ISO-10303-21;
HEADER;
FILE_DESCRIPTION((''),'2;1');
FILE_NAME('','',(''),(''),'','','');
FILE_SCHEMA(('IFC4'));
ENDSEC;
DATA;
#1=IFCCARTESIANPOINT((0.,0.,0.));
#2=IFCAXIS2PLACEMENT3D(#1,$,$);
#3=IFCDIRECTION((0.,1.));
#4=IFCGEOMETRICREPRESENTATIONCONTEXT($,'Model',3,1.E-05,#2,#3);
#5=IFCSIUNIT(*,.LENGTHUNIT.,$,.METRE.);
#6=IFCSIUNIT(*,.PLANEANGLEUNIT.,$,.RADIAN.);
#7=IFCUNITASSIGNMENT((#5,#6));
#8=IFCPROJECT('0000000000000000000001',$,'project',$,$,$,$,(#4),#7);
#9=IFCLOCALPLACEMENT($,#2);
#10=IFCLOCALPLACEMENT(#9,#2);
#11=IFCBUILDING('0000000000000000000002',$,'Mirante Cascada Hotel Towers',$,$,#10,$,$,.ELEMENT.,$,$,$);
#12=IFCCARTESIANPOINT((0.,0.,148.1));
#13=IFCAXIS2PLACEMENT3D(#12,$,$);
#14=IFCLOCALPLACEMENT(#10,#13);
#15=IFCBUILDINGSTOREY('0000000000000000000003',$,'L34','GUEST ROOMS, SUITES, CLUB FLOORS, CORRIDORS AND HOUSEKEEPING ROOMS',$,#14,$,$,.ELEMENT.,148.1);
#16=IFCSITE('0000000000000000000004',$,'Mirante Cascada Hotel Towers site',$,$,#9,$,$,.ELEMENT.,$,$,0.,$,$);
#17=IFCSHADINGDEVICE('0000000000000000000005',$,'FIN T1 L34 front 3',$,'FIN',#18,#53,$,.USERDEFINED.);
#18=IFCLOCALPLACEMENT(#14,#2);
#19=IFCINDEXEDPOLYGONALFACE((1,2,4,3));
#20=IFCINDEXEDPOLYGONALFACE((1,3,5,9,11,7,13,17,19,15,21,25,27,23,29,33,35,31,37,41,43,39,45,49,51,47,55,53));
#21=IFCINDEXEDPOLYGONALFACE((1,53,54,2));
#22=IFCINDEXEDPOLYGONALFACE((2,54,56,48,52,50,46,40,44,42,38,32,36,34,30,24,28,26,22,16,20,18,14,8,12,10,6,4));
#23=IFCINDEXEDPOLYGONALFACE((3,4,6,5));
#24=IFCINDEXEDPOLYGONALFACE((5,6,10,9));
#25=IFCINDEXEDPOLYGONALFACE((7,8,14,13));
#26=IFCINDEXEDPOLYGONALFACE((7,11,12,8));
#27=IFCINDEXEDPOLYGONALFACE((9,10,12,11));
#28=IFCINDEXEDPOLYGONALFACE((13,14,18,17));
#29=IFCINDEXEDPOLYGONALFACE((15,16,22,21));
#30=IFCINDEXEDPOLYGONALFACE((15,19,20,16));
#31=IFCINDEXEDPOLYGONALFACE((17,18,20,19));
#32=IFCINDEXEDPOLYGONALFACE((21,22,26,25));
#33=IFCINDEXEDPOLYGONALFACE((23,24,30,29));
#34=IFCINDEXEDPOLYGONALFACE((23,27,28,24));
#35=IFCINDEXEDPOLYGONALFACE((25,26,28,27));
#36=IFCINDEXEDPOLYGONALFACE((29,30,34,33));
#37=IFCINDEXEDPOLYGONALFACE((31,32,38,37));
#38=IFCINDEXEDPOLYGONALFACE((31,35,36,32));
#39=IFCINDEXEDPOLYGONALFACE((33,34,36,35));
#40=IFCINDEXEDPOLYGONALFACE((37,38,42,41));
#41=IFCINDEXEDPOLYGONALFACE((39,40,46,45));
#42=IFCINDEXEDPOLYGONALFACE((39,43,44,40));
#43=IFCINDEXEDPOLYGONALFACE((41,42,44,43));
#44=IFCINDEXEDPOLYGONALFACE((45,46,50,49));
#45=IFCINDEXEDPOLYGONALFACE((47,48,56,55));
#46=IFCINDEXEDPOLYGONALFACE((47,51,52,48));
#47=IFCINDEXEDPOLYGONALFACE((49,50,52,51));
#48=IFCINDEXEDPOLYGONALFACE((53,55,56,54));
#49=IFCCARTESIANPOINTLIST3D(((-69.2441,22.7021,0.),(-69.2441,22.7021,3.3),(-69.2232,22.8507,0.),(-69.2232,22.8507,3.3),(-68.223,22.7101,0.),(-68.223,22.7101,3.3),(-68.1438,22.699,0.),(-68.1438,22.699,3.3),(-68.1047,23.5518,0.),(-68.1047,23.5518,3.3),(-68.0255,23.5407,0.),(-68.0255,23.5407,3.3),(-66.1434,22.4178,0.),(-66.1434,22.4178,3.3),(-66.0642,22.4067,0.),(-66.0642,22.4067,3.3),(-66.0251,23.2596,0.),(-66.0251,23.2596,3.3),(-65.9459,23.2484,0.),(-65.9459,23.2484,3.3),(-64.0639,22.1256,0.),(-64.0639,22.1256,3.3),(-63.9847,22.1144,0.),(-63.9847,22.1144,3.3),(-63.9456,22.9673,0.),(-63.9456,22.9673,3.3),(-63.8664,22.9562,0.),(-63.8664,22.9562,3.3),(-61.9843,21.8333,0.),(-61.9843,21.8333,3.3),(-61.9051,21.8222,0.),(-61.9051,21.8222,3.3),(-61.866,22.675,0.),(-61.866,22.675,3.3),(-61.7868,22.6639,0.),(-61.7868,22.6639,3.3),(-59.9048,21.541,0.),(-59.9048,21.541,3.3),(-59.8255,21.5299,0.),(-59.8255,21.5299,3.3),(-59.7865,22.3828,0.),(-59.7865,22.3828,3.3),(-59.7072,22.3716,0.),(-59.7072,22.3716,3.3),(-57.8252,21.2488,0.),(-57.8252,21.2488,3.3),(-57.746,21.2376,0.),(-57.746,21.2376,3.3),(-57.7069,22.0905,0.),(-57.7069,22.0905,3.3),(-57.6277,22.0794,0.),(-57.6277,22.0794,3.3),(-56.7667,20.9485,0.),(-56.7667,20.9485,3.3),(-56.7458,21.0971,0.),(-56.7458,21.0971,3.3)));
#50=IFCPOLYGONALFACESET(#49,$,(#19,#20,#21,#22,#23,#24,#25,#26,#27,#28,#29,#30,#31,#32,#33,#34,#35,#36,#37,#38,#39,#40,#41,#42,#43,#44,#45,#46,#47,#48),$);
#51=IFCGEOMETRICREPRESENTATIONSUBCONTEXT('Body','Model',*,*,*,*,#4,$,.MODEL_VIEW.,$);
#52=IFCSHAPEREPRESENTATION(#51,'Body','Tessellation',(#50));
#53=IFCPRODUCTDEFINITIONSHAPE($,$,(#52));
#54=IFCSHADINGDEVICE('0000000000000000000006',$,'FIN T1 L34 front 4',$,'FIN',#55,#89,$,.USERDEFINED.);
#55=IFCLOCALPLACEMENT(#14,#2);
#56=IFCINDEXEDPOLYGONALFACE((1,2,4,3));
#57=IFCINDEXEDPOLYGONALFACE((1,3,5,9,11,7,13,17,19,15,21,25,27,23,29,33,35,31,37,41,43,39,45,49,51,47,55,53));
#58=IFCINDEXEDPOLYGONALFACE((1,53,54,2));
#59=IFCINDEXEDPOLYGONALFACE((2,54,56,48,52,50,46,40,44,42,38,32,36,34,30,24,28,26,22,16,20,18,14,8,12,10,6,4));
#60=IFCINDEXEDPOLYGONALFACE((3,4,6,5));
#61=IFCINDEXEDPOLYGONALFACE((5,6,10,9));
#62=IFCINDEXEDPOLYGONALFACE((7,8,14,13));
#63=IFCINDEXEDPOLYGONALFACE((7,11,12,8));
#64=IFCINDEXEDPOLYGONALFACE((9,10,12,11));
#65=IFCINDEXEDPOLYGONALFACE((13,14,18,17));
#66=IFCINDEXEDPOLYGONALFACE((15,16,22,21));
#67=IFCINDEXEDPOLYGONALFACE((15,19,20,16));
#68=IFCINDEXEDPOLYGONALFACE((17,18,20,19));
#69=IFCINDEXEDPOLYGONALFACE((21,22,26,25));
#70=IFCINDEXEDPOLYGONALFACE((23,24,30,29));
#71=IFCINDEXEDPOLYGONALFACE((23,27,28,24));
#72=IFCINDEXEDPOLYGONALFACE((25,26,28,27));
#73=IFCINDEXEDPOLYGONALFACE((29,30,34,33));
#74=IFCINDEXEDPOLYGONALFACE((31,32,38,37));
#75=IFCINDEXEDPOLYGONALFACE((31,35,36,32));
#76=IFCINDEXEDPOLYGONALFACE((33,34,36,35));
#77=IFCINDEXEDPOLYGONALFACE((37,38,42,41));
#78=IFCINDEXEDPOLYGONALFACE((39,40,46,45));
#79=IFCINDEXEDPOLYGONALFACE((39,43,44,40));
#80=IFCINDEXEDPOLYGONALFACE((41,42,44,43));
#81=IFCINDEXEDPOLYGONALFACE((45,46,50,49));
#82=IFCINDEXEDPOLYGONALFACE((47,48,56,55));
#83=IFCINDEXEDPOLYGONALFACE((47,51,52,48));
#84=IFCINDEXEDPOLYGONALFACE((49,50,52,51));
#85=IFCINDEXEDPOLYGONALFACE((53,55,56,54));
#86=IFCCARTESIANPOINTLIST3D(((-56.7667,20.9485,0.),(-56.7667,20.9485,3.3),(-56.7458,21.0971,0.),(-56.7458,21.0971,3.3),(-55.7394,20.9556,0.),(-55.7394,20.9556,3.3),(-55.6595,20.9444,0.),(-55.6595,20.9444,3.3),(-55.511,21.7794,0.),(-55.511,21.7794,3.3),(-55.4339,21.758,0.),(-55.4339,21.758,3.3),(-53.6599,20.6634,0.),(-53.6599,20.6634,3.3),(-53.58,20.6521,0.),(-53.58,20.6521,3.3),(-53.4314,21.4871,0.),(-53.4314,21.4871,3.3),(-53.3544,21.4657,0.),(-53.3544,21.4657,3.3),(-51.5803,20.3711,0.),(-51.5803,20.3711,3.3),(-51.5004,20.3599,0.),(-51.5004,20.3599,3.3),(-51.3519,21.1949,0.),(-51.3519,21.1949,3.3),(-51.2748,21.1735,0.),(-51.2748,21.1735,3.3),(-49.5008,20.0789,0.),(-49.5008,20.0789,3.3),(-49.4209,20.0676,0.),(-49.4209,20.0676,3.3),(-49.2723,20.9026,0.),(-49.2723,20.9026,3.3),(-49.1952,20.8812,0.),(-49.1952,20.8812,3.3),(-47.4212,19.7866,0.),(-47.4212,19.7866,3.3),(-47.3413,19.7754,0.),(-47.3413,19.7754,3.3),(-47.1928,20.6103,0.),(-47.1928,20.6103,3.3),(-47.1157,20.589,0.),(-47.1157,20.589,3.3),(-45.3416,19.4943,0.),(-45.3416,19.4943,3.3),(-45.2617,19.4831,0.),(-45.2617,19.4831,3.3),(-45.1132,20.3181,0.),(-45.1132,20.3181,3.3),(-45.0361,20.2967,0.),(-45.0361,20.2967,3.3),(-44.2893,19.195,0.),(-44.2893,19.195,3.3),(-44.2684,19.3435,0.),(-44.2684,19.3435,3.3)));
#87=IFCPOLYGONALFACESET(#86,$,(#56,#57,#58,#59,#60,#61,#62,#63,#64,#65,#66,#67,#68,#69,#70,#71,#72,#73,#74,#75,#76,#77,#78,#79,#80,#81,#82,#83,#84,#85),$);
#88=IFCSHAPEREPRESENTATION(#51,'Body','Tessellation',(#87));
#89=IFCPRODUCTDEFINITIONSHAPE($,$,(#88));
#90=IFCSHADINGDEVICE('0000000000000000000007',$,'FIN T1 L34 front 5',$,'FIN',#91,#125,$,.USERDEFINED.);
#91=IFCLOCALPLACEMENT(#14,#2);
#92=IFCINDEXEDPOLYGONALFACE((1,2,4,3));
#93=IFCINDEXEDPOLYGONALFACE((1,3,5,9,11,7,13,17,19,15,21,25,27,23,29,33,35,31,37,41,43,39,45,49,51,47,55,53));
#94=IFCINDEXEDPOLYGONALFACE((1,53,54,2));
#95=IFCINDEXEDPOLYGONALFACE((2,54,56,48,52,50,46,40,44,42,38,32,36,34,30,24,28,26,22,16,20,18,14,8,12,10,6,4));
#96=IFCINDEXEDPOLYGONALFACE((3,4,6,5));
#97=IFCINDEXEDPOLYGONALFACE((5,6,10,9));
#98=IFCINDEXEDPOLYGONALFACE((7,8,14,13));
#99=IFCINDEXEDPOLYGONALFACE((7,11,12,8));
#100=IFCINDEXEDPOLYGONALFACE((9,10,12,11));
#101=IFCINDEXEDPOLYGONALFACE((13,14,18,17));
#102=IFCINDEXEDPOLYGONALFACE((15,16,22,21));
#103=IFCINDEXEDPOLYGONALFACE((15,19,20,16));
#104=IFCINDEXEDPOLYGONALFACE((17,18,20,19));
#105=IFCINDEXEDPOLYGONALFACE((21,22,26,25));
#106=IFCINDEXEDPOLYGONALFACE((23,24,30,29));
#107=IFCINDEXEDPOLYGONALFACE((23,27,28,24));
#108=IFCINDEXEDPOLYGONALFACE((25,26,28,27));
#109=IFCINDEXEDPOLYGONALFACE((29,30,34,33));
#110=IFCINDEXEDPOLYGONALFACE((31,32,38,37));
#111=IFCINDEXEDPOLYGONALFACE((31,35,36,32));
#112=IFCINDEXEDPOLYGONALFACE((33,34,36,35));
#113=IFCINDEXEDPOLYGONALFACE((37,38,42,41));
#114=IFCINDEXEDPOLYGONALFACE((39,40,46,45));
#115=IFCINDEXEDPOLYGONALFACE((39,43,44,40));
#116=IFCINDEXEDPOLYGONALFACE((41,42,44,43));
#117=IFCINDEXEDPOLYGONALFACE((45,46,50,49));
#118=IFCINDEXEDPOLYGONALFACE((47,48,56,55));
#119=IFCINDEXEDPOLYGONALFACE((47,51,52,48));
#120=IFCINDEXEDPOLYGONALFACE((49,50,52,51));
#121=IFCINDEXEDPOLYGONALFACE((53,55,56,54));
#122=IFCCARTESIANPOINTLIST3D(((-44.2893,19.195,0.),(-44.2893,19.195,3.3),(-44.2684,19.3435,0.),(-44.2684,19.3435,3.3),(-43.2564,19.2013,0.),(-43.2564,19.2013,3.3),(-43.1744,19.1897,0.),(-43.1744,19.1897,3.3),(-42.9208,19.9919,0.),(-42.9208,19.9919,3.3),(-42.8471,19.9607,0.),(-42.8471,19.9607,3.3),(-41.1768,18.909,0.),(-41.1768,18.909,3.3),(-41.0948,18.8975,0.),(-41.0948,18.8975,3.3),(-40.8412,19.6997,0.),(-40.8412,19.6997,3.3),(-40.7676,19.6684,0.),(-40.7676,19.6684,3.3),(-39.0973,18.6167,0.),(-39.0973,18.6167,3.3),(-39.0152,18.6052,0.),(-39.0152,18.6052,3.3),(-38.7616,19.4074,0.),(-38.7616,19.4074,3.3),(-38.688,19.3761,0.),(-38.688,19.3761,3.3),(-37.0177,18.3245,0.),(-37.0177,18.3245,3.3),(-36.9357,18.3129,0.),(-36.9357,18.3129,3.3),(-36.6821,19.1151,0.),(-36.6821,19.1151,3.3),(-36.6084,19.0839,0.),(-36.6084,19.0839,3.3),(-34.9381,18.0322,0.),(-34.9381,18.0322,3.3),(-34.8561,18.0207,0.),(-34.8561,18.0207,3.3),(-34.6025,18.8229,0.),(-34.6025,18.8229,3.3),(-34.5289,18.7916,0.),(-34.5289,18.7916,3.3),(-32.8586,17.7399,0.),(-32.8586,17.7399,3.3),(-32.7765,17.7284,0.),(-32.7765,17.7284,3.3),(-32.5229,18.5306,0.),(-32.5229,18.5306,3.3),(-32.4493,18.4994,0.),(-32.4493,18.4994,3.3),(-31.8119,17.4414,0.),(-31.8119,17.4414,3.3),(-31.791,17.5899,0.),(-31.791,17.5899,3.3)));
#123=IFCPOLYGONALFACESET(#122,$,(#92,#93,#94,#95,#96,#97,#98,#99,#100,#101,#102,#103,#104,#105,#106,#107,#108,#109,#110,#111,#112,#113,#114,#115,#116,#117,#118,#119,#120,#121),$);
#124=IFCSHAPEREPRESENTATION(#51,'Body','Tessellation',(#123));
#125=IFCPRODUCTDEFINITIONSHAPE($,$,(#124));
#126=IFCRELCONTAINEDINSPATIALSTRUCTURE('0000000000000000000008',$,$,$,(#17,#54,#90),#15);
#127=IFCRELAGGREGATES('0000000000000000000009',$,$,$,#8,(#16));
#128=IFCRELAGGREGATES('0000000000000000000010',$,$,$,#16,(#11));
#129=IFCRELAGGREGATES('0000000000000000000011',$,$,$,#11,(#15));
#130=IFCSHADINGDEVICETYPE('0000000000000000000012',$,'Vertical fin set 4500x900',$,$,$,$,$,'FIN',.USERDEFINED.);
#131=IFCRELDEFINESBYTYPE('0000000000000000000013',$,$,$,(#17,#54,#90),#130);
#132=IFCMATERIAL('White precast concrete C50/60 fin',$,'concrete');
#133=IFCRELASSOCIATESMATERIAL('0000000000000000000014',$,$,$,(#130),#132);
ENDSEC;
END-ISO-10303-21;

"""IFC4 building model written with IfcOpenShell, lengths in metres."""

from ifc_helpers import new_model, si_unit, direction, frame, origin, place, context, subcontext, project, spatial, polyline, outline, extrude, material, type_object, element, save


model = new_model("IFC4")

# Units and contexts
model_context = context("Model", 3, precision=1e-05, world=origin(), true_north=direction((0.0, 1.0)))
body_context = subcontext(model_context, "Body", "Model", "MODEL_VIEW")
ifc_project = project(units=[si_unit("LENGTHUNIT", "METRE"), si_unit("PLANEANGLEUNIT", "RADIAN")], contexts=[model_context])

# Site, building, storey
site_placement = place(None, origin())
site = spatial("IfcSite", under=ifc_project, at=site_placement, Name="Mirante Cascada Hotel Towers site", CompositionType="ELEMENT", RefElevation=0.0)
building_placement = place(site_placement, origin())
building = spatial("IfcBuilding", under=site, at=building_placement, Name="Mirante Cascada Hotel Towers", CompositionType="ELEMENT")
storey_placement = place(building_placement, frame((0.0, 0.0, 148.1)))
storey = spatial("IfcBuildingStorey", under=building, at=storey_placement, Name="L34", Description="GUEST ROOMS, SUITES, CLUB FLOORS, CORRIDORS AND HOUSEKEEPING ROOMS", CompositionType="ELEMENT", Elevation=148.1)

# Shading devices
ifc_material_1 = material(Name="White precast concrete C50/60 fin", Category="concrete")
shading_device_type = type_object("IfcShadingDeviceType", Name="Vertical fin set 4500x900", ElementType="FIN", PredefinedType="USERDEFINED", material=ifc_material_1)
shading_device_1_placement = place(storey_placement, origin())
element("IfcShadingDevice", 1, at=shading_device_1_placement, inside=storey, type_object=shading_device_type, Name="FIN T1 L34 front 3", ObjectType="FIN", PredefinedType="USERDEFINED", context=body_context, shape_type="SweptSolid", body=[
    extrude(outline(polyline([(-57.6277, 22.0794), (-57.746, 21.2376), (-56.7458, 21.0971), (-56.7667, 20.9485), (-69.2441, 22.7021), (-69.2232, 22.8507), (-68.223, 22.7101), (-68.1047, 23.5518), (-68.0255, 23.5407), (-68.1438, 22.699), (-66.1434, 22.4178), (-66.0251, 23.2596), (-65.9459, 23.2484), (-66.0642, 22.4067), (-64.0639, 22.1256), (-63.9456, 22.9673), (-63.8664, 22.9562), (-63.9847, 22.1144), (-61.9843, 21.8333), (-61.866, 22.675), (-61.7868, 22.6639), (-61.9051, 21.8222), (-59.9048, 21.541), (-59.7865, 22.3828), (-59.7072, 22.3716), (-59.8255, 21.5299), (-57.8252, 21.2488), (-57.7069, 22.0905), (-57.6277, 22.0794)])), origin(), (0.0, 0.0, 1.0), 3.3),
])
shading_device_2_placement = place(storey_placement, origin())
element("IfcShadingDevice", 2, at=shading_device_2_placement, inside=storey, type_object=shading_device_type, Name="FIN T1 L34 front 4", ObjectType="FIN", PredefinedType="USERDEFINED", context=body_context, shape_type="SweptSolid", body=[
    extrude(outline(polyline([(-45.0361, 20.2967), (-45.2617, 19.4831), (-44.2684, 19.3435), (-44.2893, 19.195), (-56.7667, 20.9485), (-56.7458, 21.0971), (-55.7394, 20.9556), (-55.511, 21.7794), (-55.4339, 21.758), (-55.6595, 20.9444), (-53.6599, 20.6634), (-53.4314, 21.4871), (-53.3544, 21.4657), (-53.58, 20.6521), (-51.5803, 20.3711), (-51.3519, 21.1949), (-51.2748, 21.1735), (-51.5004, 20.3599), (-49.5008, 20.0789), (-49.2723, 20.9026), (-49.1952, 20.8812), (-49.4209, 20.0676), (-47.4212, 19.7866), (-47.1928, 20.6103), (-47.1157, 20.589), (-47.3413, 19.7754), (-45.3416, 19.4943), (-45.1132, 20.3181), (-45.0361, 20.2967)])), origin(), (0.0, 0.0, 1.0), 3.3),
])
shading_device_3_placement = place(storey_placement, origin())
element("IfcShadingDevice", 3, at=shading_device_3_placement, inside=storey, type_object=shading_device_type, Name="FIN T1 L34 front 5", ObjectType="FIN", PredefinedType="USERDEFINED", context=body_context, shape_type="SweptSolid", body=[
    extrude(outline(polyline([(-32.4493, 18.4994), (-32.7765, 17.7284), (-31.791, 17.5899), (-31.8119, 17.4414), (-44.2893, 19.195), (-44.2684, 19.3435), (-43.2564, 19.2013), (-42.9208, 19.9919), (-42.8471, 19.9607), (-43.1744, 19.1897), (-41.1768, 18.909), (-40.8412, 19.6997), (-40.7676, 19.6684), (-41.0948, 18.8975), (-39.0973, 18.6167), (-38.7616, 19.4074), (-38.688, 19.3761), (-39.0152, 18.6052), (-37.0177, 18.3245), (-36.6821, 19.1151), (-36.6084, 19.0839), (-36.9357, 18.3129), (-34.9381, 18.0322), (-34.6025, 18.8229), (-34.5289, 18.7916), (-34.8561, 18.0207), (-32.8586, 17.7399), (-32.5229, 18.5306), (-32.4493, 18.4994)])), origin(), (0.0, 0.0, 1.0), 3.3),
])

save(model, "model.ifc")
